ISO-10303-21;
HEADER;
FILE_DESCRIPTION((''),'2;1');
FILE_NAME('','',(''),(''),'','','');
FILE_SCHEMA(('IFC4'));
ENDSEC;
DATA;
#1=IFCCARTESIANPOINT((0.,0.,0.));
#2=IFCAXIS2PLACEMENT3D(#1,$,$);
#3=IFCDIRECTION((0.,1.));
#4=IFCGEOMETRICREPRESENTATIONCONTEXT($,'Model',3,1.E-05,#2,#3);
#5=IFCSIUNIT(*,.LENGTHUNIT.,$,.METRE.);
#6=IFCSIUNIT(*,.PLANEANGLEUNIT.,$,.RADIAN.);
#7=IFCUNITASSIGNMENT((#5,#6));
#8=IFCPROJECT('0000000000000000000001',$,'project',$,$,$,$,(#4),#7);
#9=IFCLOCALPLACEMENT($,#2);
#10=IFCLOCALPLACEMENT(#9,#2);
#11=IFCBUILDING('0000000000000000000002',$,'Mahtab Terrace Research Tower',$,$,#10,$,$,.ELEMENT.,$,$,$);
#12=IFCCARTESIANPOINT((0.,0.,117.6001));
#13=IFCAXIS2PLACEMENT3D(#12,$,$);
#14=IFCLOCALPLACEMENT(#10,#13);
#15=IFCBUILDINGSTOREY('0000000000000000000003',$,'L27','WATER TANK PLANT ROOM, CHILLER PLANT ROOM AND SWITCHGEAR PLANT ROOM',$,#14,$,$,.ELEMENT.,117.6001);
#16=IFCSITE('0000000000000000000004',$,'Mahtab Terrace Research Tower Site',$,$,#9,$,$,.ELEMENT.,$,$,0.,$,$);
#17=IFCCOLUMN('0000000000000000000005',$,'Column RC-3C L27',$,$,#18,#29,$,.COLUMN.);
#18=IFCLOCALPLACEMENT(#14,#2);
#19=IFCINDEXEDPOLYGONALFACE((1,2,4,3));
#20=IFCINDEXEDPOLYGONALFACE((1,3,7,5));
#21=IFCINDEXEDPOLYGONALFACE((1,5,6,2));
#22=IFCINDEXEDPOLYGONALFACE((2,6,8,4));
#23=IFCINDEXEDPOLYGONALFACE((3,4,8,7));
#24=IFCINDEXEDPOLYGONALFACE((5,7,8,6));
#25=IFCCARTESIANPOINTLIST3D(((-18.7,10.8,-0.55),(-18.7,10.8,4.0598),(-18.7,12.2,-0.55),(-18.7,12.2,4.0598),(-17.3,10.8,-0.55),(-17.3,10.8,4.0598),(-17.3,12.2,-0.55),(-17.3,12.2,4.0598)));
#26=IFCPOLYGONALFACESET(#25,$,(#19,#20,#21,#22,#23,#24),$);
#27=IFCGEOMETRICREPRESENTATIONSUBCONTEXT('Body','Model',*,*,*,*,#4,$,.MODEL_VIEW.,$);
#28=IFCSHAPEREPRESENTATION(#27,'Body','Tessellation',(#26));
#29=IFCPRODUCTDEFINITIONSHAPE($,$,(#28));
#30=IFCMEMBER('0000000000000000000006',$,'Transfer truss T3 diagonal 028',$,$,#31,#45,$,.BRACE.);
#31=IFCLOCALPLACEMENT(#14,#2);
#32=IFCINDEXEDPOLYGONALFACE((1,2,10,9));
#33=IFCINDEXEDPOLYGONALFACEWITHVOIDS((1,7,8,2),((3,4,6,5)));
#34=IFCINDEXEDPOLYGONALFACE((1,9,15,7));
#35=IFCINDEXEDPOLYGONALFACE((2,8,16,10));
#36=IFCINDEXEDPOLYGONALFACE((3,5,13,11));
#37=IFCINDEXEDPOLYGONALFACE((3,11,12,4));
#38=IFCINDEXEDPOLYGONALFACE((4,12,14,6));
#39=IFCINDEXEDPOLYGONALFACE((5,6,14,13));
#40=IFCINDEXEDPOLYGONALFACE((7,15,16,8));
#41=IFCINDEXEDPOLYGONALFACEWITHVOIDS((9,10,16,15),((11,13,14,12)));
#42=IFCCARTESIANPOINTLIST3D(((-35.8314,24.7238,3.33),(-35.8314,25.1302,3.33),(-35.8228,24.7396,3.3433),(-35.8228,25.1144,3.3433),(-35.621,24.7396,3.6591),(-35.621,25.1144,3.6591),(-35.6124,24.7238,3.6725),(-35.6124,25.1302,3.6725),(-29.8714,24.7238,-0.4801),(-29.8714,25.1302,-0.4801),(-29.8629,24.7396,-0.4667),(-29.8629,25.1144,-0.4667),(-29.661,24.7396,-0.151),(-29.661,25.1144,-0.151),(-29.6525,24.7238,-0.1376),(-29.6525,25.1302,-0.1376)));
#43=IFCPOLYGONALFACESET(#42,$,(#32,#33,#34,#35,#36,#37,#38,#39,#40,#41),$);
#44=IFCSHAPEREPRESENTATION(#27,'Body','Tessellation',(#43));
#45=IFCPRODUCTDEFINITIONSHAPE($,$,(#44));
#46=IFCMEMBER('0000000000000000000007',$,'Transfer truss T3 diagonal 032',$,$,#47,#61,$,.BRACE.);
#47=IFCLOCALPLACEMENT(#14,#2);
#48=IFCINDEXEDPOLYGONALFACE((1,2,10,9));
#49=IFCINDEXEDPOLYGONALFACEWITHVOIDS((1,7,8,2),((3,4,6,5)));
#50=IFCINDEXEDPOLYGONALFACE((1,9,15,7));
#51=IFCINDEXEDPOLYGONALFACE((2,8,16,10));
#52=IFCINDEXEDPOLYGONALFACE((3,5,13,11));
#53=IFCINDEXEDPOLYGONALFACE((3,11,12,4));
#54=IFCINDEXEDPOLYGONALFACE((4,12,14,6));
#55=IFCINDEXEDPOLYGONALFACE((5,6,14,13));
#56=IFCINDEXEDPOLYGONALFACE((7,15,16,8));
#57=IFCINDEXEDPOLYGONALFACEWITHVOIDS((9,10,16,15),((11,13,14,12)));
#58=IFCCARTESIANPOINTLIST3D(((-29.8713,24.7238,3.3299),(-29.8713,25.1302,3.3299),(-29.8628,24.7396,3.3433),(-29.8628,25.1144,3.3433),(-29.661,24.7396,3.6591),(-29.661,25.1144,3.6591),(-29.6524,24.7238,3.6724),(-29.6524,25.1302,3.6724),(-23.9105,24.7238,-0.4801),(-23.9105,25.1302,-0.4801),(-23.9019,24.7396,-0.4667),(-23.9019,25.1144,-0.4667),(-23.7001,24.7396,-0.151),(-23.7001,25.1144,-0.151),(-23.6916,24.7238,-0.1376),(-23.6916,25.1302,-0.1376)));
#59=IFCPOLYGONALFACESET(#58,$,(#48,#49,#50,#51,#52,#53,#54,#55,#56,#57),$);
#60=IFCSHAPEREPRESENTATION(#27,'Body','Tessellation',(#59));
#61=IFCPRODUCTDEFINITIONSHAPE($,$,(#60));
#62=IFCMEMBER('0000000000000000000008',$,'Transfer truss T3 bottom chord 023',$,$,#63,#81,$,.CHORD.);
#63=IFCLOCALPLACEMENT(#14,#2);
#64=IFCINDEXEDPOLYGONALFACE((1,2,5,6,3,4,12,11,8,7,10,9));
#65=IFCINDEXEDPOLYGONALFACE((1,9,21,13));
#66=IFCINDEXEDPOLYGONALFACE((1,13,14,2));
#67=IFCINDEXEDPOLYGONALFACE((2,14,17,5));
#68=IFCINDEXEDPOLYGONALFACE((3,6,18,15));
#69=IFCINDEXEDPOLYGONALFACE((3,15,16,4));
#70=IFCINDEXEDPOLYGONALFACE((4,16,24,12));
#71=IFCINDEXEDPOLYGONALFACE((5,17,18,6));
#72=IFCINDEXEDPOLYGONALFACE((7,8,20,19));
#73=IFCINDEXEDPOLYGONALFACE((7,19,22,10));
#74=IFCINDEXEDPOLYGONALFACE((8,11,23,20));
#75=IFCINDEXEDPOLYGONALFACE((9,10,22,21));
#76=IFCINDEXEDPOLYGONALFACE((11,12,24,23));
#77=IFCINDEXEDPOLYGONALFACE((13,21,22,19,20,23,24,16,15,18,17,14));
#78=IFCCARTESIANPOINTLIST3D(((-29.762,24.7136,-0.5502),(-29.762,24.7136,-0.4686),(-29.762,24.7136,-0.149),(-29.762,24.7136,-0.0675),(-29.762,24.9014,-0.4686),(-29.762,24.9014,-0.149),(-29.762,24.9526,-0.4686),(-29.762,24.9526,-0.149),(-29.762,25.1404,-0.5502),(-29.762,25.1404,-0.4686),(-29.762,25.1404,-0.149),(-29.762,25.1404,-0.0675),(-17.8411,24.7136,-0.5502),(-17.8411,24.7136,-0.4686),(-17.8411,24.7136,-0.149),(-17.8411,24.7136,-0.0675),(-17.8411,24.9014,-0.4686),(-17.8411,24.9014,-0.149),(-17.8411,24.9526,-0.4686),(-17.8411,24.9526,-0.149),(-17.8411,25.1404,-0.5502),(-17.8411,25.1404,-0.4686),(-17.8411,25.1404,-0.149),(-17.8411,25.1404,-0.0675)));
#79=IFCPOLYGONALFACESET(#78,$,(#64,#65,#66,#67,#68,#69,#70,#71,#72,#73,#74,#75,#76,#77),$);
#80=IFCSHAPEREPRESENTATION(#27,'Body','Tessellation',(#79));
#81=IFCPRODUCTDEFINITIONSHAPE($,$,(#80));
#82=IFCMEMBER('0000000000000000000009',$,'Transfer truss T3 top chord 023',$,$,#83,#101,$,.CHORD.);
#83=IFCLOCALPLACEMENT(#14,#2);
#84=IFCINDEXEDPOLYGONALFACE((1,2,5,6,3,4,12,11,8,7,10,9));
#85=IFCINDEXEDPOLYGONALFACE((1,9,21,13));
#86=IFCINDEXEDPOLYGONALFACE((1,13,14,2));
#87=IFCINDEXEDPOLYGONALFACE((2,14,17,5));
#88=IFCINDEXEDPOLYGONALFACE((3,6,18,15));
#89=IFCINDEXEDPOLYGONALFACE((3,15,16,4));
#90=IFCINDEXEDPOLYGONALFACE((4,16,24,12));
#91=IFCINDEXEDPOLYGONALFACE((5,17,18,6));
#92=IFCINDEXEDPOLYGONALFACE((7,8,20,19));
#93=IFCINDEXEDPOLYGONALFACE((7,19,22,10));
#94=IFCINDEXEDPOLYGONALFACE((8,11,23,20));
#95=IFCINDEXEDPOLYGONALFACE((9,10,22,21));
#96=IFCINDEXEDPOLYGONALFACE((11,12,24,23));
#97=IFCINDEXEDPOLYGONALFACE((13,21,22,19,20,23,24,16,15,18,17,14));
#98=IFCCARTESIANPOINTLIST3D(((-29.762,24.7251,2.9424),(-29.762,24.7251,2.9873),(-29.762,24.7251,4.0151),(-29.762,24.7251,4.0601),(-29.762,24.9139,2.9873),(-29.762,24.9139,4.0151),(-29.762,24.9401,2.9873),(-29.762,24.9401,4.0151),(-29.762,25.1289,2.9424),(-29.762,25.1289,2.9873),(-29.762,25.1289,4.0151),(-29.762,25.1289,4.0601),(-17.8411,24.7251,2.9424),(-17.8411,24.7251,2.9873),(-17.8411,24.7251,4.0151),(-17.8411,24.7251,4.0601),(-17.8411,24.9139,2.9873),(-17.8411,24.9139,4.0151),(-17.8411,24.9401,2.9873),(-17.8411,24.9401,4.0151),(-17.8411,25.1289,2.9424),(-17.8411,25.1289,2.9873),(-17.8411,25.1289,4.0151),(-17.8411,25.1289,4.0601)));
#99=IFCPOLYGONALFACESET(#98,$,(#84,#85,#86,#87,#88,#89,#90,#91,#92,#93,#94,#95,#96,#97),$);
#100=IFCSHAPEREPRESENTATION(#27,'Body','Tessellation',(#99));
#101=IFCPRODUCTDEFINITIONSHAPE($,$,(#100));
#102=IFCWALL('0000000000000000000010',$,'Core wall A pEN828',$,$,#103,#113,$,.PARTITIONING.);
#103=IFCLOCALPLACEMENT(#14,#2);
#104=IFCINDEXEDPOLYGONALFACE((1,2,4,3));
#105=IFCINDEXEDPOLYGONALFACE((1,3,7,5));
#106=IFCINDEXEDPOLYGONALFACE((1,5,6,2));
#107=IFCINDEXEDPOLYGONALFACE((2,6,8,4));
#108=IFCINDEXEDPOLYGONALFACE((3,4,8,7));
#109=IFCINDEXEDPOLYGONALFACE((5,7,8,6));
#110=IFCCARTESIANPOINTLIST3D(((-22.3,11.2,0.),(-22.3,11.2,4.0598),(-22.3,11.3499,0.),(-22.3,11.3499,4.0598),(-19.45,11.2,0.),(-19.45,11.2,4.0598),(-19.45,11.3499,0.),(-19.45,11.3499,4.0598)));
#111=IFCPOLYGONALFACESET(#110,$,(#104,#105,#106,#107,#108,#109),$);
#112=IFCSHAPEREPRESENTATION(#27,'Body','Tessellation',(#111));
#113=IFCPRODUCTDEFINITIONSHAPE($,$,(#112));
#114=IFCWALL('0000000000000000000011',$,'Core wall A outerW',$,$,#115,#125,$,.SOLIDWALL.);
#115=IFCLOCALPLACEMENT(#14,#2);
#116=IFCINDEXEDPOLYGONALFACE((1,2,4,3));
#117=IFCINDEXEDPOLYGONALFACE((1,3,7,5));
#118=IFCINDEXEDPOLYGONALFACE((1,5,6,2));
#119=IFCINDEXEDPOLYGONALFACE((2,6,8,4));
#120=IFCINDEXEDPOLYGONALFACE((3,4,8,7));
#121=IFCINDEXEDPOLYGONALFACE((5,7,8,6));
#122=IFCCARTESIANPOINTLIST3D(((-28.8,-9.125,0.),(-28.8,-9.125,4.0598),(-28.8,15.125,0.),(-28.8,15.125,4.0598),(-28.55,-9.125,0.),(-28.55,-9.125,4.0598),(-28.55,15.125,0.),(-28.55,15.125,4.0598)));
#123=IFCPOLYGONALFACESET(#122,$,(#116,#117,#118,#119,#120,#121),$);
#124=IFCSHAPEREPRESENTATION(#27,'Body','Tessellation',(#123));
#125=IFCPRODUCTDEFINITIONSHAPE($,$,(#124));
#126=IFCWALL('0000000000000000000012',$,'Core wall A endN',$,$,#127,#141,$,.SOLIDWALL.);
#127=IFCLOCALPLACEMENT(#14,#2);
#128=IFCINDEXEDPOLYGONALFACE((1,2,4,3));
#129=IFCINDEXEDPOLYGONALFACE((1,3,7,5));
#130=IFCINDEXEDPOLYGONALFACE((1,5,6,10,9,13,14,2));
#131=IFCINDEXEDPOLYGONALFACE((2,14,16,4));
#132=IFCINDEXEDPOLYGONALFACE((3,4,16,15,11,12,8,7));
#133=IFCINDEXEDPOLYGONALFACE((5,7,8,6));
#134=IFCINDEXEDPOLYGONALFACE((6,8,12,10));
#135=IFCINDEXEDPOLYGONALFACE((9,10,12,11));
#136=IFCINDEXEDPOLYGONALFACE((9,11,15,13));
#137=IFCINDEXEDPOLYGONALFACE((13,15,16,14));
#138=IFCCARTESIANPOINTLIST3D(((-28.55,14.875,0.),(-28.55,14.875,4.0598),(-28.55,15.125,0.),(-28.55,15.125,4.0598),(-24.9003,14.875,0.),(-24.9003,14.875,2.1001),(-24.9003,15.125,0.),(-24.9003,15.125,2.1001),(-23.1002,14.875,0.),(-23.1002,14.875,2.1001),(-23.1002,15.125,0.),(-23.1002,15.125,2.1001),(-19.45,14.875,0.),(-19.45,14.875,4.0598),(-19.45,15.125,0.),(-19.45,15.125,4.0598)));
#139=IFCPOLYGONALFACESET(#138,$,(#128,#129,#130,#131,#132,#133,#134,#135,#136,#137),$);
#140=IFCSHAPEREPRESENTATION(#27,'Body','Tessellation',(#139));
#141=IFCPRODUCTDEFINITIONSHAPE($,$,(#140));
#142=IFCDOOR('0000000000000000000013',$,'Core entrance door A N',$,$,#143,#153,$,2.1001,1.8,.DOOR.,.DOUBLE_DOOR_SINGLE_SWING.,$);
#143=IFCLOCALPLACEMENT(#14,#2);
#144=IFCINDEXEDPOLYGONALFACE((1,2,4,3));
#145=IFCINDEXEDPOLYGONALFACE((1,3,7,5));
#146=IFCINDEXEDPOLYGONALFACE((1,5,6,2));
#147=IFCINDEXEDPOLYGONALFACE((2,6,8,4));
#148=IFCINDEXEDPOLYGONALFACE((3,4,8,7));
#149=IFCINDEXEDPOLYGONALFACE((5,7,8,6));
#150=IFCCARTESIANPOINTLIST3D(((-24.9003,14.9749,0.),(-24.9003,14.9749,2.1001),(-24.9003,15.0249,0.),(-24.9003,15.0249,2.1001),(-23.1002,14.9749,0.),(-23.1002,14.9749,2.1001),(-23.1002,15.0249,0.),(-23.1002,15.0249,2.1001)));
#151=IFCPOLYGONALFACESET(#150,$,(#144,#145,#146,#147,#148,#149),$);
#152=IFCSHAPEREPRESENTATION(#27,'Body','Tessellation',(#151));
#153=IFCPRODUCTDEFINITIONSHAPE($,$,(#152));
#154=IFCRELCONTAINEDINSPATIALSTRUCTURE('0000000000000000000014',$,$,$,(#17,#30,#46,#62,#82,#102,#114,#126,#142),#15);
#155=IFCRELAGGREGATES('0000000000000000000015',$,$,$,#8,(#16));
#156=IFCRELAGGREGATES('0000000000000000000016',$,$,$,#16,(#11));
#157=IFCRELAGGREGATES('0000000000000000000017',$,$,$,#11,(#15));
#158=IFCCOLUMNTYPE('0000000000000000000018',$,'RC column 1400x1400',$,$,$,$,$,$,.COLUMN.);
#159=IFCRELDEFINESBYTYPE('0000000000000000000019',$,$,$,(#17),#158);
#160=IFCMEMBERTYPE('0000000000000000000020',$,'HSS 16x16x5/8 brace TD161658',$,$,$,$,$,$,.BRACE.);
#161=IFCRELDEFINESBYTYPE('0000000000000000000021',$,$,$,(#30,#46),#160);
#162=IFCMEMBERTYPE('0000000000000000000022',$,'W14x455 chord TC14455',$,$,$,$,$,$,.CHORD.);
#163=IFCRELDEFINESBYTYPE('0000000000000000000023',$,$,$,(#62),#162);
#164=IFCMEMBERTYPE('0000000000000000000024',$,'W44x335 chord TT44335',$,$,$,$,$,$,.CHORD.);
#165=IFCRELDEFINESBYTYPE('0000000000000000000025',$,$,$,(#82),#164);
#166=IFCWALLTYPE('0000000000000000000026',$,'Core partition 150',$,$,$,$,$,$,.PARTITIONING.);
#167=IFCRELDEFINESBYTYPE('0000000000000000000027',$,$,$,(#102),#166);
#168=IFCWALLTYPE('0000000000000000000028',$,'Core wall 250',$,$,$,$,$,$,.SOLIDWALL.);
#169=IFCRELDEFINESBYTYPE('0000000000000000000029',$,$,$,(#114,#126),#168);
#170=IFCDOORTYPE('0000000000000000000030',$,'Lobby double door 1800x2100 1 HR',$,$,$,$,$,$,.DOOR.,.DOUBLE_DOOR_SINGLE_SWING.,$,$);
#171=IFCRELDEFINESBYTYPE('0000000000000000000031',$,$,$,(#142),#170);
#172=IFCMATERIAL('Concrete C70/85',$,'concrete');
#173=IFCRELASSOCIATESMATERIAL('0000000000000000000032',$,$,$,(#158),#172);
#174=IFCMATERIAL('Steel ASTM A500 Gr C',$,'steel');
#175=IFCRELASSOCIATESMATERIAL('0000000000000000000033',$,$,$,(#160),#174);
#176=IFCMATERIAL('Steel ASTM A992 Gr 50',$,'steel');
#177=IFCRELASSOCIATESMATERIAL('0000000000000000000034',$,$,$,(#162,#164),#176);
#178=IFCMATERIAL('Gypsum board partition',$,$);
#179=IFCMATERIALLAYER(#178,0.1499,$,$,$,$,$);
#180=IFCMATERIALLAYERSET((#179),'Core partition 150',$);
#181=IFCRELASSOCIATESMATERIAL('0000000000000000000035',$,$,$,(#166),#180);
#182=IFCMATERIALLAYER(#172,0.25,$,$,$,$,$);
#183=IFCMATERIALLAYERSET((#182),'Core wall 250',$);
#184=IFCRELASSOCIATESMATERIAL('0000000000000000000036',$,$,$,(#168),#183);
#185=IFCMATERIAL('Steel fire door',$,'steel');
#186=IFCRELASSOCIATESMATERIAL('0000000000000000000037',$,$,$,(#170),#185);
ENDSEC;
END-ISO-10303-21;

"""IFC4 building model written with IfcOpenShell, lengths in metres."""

from ifc_helpers import new_model, si_unit, direction, frame, frame_2d, origin, origin_2d, place, context, subcontext, project, spatial, rectangle, hollow_rectangle, i_section, extrude, material, layer, layer_set, material_profile, profile_set, type_object, element, fill, save


model = new_model("IFC4")

# Units and contexts
model_context = context("Model", 3, precision=1e-05, world=origin(), true_north=direction((0.0, 1.0)))
body_context = subcontext(model_context, "Body", "Model", "MODEL_VIEW")
ifc_project = project(units=[si_unit("LENGTHUNIT", "METRE"), si_unit("PLANEANGLEUNIT", "RADIAN")], contexts=[model_context])

# Site, building, storey
site_placement = place(None, origin())
site = spatial("IfcSite", under=ifc_project, at=site_placement, Name="Mahtab Terrace Research Tower Site", CompositionType="ELEMENT", RefElevation=0.0)
building_placement = place(site_placement, origin())
building = spatial("IfcBuilding", under=site, at=building_placement, Name="Mahtab Terrace Research Tower", CompositionType="ELEMENT")
storey_placement = place(building_placement, frame((0.0, 0.0, 117.6001)))
storey = spatial("IfcBuildingStorey", under=building, at=storey_placement, Name="L27", Description="WATER TANK PLANT ROOM, CHILLER PLANT ROOM AND SWITCHGEAR PLANT ROOM", CompositionType="ELEMENT", Elevation=117.6001)

# Column
ifc_material_1 = material(Name="Concrete C70/85", Category="concrete")
ifc_material_profile_1 = material_profile(ifc_material_1, rectangle(XDim=1.3999, YDim=1.3999, at=origin_2d()), Name="RC column 1400x1400")
ifc_profile_set_1 = profile_set([ifc_material_profile_1], Name="Concrete C70/85")
column_type = type_object("IfcColumnType", Name="RC column 1400x1400", PredefinedType="COLUMN", material=ifc_profile_set_1)
column_placement = place(storey_placement, frame((-18.0, 11.5, -0.55), z_axis=(0.0, 0.0, 1.0), x_axis=(1.0, 0.0, 0.0)))
element("IfcColumn", 1, at=column_placement, inside=storey, type_object=column_type, Name="Column RC-3C L27", PredefinedType="COLUMN", context=body_context, shape_type="SweptSolid", body=[
    extrude(rectangle(XDim=1.3999, YDim=1.3999, at=origin_2d()), origin(), (0.0, 0.0, 1.0), 4.6099),
])

# Members
ifc_material_2 = material(Name="Steel ASTM A500 Gr C", Category="steel")
ifc_material_profile_2 = material_profile(ifc_material_2, hollow_rectangle(XDim=0.4065, YDim=0.4065, WallThickness=0.0159, at=origin_2d()), Name="HSS16X16X5/8")
ifc_profile_set_2 = profile_set([ifc_material_profile_2], Name="Steel ASTM A500 Gr C")
member_type_1 = type_object("IfcMemberType", Name="HSS 16x16x5/8 brace TD161658", PredefinedType="BRACE", material=ifc_profile_set_2)
member_1_placement = place(storey_placement, frame((-29.762, 24.927, -0.3088), z_axis=(-0.842548, 0.0, 0.538621), x_axis=(0.0, -1.0, 0.0)))
element("IfcMember", 2, at=member_1_placement, inside=storey, type_object=member_type_1, Name="Transfer truss T3 diagonal 028", PredefinedType="BRACE", context=body_context, shape_type="SweptSolid", body=[
    extrude(hollow_rectangle(XDim=0.4065, YDim=0.4065, WallThickness=0.0159, at=origin_2d()), origin(), (0.0, 0.0, 1.0), 7.0737),
])
member_2_placement = place(storey_placement, frame((-23.801, 24.927, -0.3088), z_axis=(-0.842588, 0.0, 0.538558), x_axis=(0.0, -1.0, 0.0)))
element("IfcMember", 3, at=member_2_placement, inside=storey, type_object=member_type_1, Name="Transfer truss T3 diagonal 032", PredefinedType="BRACE", context=body_context, shape_type="SweptSolid", body=[
    extrude(hollow_rectangle(XDim=0.4065, YDim=0.4065, WallThickness=0.0159, at=origin_2d()), origin(), (0.0, 0.0, 1.0), 7.0745),
])
ifc_material_3 = material(Name="Steel ASTM A992 Gr 50", Category="steel")
ifc_material_profile_3 = material_profile(ifc_material_3, i_section(OverallWidth=0.4268, OverallDepth=0.4827, WebThickness=0.0513, FlangeThickness=0.0815, at=origin_2d()), Name="W14X455")
ifc_profile_set_3 = profile_set([ifc_material_profile_3], Name="Steel ASTM A992 Gr 50")
member_type_2 = type_object("IfcMemberType", Name="W14x455 chord TC14455", PredefinedType="CHORD", material=ifc_profile_set_3)
member_3_placement = place(storey_placement, frame((-29.762, 24.927, -0.3088), z_axis=(1.0, 0.0, 0.0), x_axis=(0.0, 1.0, 0.0)))
element("IfcMember", 4, at=member_3_placement, inside=storey, type_object=member_type_2, Name="Transfer truss T3 bottom chord 023", PredefinedType="CHORD", context=body_context, shape_type="SweptSolid", body=[
    extrude(i_section(OverallWidth=0.4268, OverallDepth=0.4827, WebThickness=0.0513, FlangeThickness=0.0815, at=origin_2d()), origin(), (0.0, 0.0, 1.0), 11.9209),
])
ifc_material_profile_4 = material_profile(ifc_material_3, i_section(OverallWidth=0.4038, OverallDepth=1.1177, WebThickness=0.0261, FlangeThickness=0.0449, at=origin_2d()), Name="W44X335")
ifc_profile_set_4 = profile_set([ifc_material_profile_4], Name="Steel ASTM A992 Gr 50")
member_type_3 = type_object("IfcMemberType", Name="W44x335 chord TT44335", PredefinedType="CHORD", material=ifc_profile_set_4)
member_4_placement = place(storey_placement, frame((-29.762, 24.927, 3.5012), z_axis=(1.0, 0.0, 0.0), x_axis=(0.0, 1.0, 0.0)))
element("IfcMember", 5, at=member_4_placement, inside=storey, type_object=member_type_3, Name="Transfer truss T3 top chord 023", PredefinedType="CHORD", context=body_context, shape_type="SweptSolid", body=[
    extrude(i_section(OverallWidth=0.4038, OverallDepth=1.1177, WebThickness=0.0261, FlangeThickness=0.0449, at=origin_2d()), origin(), (0.0, 0.0, 1.0), 11.9209),
])

# Walls
ifc_material_4 = material(Name="Gypsum board partition")
ifc_layer_1 = layer(ifc_material_4, 0.1499)
ifc_layer_set_1 = layer_set([ifc_layer_1], Name="Core partition 150")
wall_type_1 = type_object("IfcWallType", Name="Core partition 150", PredefinedType="PARTITIONING", material=ifc_layer_set_1)
wall_1_placement = place(storey_placement, frame((-22.3, 11.2749, 0.0), z_axis=(0.0, 0.0, 1.0), x_axis=(1.0, 0.0, 0.0)))
element("IfcWall", 6, at=wall_1_placement, inside=storey, type_object=wall_type_1, Name="Core wall A pEN828", PredefinedType="PARTITIONING", context=body_context, shape_type="SweptSolid", body=[
    extrude(rectangle(XDim=2.8501, YDim=0.1499, at=frame_2d((1.425, 0.0))), origin(), (0.0, 0.0, 1.0), 4.0598),
])
ifc_layer_2 = layer(ifc_material_1, 0.25)
ifc_layer_set_2 = layer_set([ifc_layer_2], Name="Core wall 250")
wall_type_2 = type_object("IfcWallType", Name="Core wall 250", PredefinedType="SOLIDWALL", material=ifc_layer_set_2)
wall_2_placement = place(storey_placement, frame((-28.675, 15.125, 0.0), z_axis=(0.0, 0.0, 1.0), x_axis=(0.0, -1.0, 0.0)))
element("IfcWall", 7, at=wall_2_placement, inside=storey, type_object=wall_type_2, Name="Core wall A outerW", PredefinedType="SOLIDWALL", context=body_context, shape_type="SweptSolid", body=[
    extrude(rectangle(XDim=24.25, YDim=0.25, at=frame_2d((12.125, 0.0))), origin(), (0.0, 0.0, 1.0), 4.0598),
])

# Wall, opening, door
wall_3_placement = place(storey_placement, frame((-28.55, 15.0, 0.0), z_axis=(0.0, 0.0, 1.0), x_axis=(1.0, 0.0, 0.0)))
wall_3 = element("IfcWall", 8, at=wall_3_placement, inside=storey, type_object=wall_type_2, Name="Core wall A endN", PredefinedType="SOLIDWALL", context=body_context, shape_type="SweptSolid", body=[
    extrude(rectangle(XDim=9.1001, YDim=0.25, at=frame_2d((4.55, 0.0))), origin(), (0.0, 0.0, 1.0), 4.0598),
])
opening_1_placement = place(wall_3_placement, frame((3.6499, 0.0, 0.0)))
opening_1 = element("IfcOpeningElement", 9, at=opening_1_placement, cuts=wall_3, PredefinedType="OPENING", context=body_context, shape_type="SweptSolid", body=[
    extrude(rectangle(XDim=1.8, YDim=2.1001, at=frame_2d((0.8999, 1.05))), frame((0.0, 0.135, 0.0), z_axis=(0.0, -1.0, 0.0), x_axis=(1.0, 0.0, 0.0)), (0.0, 0.0, 1.0), 0.27),
])
ifc_material_5 = material(Name="Steel fire door", Category="steel")
door_type_1 = type_object("IfcDoorType", Name="Lobby double door 1800x2100 1 HR", OperationType="DOUBLE_DOOR_SINGLE_SWING", PredefinedType="DOOR", material=ifc_material_5)
door_1_placement = place(opening_1_placement, origin())
door_1 = element("IfcDoor", 10, at=door_1_placement, inside=storey, type_object=door_type_1, Name="Core entrance door A N", OperationType="DOUBLE_DOOR_SINGLE_SWING", OverallHeight=2.1001, OverallWidth=1.8, PredefinedType="DOOR", context=body_context, shape_type="SweptSolid", body=[
    extrude(rectangle(XDim=1.8, YDim=2.1001, at=frame_2d((0.8999, 1.05))), frame((0.0, 0.0249, 0.0), z_axis=(0.0, -1.0, 0.0), x_axis=(1.0, 0.0, 0.0)), (0.0, 0.0, 1.0), 0.05),
])
fill(opening_1, door_1)

save(model, "model.ifc")
